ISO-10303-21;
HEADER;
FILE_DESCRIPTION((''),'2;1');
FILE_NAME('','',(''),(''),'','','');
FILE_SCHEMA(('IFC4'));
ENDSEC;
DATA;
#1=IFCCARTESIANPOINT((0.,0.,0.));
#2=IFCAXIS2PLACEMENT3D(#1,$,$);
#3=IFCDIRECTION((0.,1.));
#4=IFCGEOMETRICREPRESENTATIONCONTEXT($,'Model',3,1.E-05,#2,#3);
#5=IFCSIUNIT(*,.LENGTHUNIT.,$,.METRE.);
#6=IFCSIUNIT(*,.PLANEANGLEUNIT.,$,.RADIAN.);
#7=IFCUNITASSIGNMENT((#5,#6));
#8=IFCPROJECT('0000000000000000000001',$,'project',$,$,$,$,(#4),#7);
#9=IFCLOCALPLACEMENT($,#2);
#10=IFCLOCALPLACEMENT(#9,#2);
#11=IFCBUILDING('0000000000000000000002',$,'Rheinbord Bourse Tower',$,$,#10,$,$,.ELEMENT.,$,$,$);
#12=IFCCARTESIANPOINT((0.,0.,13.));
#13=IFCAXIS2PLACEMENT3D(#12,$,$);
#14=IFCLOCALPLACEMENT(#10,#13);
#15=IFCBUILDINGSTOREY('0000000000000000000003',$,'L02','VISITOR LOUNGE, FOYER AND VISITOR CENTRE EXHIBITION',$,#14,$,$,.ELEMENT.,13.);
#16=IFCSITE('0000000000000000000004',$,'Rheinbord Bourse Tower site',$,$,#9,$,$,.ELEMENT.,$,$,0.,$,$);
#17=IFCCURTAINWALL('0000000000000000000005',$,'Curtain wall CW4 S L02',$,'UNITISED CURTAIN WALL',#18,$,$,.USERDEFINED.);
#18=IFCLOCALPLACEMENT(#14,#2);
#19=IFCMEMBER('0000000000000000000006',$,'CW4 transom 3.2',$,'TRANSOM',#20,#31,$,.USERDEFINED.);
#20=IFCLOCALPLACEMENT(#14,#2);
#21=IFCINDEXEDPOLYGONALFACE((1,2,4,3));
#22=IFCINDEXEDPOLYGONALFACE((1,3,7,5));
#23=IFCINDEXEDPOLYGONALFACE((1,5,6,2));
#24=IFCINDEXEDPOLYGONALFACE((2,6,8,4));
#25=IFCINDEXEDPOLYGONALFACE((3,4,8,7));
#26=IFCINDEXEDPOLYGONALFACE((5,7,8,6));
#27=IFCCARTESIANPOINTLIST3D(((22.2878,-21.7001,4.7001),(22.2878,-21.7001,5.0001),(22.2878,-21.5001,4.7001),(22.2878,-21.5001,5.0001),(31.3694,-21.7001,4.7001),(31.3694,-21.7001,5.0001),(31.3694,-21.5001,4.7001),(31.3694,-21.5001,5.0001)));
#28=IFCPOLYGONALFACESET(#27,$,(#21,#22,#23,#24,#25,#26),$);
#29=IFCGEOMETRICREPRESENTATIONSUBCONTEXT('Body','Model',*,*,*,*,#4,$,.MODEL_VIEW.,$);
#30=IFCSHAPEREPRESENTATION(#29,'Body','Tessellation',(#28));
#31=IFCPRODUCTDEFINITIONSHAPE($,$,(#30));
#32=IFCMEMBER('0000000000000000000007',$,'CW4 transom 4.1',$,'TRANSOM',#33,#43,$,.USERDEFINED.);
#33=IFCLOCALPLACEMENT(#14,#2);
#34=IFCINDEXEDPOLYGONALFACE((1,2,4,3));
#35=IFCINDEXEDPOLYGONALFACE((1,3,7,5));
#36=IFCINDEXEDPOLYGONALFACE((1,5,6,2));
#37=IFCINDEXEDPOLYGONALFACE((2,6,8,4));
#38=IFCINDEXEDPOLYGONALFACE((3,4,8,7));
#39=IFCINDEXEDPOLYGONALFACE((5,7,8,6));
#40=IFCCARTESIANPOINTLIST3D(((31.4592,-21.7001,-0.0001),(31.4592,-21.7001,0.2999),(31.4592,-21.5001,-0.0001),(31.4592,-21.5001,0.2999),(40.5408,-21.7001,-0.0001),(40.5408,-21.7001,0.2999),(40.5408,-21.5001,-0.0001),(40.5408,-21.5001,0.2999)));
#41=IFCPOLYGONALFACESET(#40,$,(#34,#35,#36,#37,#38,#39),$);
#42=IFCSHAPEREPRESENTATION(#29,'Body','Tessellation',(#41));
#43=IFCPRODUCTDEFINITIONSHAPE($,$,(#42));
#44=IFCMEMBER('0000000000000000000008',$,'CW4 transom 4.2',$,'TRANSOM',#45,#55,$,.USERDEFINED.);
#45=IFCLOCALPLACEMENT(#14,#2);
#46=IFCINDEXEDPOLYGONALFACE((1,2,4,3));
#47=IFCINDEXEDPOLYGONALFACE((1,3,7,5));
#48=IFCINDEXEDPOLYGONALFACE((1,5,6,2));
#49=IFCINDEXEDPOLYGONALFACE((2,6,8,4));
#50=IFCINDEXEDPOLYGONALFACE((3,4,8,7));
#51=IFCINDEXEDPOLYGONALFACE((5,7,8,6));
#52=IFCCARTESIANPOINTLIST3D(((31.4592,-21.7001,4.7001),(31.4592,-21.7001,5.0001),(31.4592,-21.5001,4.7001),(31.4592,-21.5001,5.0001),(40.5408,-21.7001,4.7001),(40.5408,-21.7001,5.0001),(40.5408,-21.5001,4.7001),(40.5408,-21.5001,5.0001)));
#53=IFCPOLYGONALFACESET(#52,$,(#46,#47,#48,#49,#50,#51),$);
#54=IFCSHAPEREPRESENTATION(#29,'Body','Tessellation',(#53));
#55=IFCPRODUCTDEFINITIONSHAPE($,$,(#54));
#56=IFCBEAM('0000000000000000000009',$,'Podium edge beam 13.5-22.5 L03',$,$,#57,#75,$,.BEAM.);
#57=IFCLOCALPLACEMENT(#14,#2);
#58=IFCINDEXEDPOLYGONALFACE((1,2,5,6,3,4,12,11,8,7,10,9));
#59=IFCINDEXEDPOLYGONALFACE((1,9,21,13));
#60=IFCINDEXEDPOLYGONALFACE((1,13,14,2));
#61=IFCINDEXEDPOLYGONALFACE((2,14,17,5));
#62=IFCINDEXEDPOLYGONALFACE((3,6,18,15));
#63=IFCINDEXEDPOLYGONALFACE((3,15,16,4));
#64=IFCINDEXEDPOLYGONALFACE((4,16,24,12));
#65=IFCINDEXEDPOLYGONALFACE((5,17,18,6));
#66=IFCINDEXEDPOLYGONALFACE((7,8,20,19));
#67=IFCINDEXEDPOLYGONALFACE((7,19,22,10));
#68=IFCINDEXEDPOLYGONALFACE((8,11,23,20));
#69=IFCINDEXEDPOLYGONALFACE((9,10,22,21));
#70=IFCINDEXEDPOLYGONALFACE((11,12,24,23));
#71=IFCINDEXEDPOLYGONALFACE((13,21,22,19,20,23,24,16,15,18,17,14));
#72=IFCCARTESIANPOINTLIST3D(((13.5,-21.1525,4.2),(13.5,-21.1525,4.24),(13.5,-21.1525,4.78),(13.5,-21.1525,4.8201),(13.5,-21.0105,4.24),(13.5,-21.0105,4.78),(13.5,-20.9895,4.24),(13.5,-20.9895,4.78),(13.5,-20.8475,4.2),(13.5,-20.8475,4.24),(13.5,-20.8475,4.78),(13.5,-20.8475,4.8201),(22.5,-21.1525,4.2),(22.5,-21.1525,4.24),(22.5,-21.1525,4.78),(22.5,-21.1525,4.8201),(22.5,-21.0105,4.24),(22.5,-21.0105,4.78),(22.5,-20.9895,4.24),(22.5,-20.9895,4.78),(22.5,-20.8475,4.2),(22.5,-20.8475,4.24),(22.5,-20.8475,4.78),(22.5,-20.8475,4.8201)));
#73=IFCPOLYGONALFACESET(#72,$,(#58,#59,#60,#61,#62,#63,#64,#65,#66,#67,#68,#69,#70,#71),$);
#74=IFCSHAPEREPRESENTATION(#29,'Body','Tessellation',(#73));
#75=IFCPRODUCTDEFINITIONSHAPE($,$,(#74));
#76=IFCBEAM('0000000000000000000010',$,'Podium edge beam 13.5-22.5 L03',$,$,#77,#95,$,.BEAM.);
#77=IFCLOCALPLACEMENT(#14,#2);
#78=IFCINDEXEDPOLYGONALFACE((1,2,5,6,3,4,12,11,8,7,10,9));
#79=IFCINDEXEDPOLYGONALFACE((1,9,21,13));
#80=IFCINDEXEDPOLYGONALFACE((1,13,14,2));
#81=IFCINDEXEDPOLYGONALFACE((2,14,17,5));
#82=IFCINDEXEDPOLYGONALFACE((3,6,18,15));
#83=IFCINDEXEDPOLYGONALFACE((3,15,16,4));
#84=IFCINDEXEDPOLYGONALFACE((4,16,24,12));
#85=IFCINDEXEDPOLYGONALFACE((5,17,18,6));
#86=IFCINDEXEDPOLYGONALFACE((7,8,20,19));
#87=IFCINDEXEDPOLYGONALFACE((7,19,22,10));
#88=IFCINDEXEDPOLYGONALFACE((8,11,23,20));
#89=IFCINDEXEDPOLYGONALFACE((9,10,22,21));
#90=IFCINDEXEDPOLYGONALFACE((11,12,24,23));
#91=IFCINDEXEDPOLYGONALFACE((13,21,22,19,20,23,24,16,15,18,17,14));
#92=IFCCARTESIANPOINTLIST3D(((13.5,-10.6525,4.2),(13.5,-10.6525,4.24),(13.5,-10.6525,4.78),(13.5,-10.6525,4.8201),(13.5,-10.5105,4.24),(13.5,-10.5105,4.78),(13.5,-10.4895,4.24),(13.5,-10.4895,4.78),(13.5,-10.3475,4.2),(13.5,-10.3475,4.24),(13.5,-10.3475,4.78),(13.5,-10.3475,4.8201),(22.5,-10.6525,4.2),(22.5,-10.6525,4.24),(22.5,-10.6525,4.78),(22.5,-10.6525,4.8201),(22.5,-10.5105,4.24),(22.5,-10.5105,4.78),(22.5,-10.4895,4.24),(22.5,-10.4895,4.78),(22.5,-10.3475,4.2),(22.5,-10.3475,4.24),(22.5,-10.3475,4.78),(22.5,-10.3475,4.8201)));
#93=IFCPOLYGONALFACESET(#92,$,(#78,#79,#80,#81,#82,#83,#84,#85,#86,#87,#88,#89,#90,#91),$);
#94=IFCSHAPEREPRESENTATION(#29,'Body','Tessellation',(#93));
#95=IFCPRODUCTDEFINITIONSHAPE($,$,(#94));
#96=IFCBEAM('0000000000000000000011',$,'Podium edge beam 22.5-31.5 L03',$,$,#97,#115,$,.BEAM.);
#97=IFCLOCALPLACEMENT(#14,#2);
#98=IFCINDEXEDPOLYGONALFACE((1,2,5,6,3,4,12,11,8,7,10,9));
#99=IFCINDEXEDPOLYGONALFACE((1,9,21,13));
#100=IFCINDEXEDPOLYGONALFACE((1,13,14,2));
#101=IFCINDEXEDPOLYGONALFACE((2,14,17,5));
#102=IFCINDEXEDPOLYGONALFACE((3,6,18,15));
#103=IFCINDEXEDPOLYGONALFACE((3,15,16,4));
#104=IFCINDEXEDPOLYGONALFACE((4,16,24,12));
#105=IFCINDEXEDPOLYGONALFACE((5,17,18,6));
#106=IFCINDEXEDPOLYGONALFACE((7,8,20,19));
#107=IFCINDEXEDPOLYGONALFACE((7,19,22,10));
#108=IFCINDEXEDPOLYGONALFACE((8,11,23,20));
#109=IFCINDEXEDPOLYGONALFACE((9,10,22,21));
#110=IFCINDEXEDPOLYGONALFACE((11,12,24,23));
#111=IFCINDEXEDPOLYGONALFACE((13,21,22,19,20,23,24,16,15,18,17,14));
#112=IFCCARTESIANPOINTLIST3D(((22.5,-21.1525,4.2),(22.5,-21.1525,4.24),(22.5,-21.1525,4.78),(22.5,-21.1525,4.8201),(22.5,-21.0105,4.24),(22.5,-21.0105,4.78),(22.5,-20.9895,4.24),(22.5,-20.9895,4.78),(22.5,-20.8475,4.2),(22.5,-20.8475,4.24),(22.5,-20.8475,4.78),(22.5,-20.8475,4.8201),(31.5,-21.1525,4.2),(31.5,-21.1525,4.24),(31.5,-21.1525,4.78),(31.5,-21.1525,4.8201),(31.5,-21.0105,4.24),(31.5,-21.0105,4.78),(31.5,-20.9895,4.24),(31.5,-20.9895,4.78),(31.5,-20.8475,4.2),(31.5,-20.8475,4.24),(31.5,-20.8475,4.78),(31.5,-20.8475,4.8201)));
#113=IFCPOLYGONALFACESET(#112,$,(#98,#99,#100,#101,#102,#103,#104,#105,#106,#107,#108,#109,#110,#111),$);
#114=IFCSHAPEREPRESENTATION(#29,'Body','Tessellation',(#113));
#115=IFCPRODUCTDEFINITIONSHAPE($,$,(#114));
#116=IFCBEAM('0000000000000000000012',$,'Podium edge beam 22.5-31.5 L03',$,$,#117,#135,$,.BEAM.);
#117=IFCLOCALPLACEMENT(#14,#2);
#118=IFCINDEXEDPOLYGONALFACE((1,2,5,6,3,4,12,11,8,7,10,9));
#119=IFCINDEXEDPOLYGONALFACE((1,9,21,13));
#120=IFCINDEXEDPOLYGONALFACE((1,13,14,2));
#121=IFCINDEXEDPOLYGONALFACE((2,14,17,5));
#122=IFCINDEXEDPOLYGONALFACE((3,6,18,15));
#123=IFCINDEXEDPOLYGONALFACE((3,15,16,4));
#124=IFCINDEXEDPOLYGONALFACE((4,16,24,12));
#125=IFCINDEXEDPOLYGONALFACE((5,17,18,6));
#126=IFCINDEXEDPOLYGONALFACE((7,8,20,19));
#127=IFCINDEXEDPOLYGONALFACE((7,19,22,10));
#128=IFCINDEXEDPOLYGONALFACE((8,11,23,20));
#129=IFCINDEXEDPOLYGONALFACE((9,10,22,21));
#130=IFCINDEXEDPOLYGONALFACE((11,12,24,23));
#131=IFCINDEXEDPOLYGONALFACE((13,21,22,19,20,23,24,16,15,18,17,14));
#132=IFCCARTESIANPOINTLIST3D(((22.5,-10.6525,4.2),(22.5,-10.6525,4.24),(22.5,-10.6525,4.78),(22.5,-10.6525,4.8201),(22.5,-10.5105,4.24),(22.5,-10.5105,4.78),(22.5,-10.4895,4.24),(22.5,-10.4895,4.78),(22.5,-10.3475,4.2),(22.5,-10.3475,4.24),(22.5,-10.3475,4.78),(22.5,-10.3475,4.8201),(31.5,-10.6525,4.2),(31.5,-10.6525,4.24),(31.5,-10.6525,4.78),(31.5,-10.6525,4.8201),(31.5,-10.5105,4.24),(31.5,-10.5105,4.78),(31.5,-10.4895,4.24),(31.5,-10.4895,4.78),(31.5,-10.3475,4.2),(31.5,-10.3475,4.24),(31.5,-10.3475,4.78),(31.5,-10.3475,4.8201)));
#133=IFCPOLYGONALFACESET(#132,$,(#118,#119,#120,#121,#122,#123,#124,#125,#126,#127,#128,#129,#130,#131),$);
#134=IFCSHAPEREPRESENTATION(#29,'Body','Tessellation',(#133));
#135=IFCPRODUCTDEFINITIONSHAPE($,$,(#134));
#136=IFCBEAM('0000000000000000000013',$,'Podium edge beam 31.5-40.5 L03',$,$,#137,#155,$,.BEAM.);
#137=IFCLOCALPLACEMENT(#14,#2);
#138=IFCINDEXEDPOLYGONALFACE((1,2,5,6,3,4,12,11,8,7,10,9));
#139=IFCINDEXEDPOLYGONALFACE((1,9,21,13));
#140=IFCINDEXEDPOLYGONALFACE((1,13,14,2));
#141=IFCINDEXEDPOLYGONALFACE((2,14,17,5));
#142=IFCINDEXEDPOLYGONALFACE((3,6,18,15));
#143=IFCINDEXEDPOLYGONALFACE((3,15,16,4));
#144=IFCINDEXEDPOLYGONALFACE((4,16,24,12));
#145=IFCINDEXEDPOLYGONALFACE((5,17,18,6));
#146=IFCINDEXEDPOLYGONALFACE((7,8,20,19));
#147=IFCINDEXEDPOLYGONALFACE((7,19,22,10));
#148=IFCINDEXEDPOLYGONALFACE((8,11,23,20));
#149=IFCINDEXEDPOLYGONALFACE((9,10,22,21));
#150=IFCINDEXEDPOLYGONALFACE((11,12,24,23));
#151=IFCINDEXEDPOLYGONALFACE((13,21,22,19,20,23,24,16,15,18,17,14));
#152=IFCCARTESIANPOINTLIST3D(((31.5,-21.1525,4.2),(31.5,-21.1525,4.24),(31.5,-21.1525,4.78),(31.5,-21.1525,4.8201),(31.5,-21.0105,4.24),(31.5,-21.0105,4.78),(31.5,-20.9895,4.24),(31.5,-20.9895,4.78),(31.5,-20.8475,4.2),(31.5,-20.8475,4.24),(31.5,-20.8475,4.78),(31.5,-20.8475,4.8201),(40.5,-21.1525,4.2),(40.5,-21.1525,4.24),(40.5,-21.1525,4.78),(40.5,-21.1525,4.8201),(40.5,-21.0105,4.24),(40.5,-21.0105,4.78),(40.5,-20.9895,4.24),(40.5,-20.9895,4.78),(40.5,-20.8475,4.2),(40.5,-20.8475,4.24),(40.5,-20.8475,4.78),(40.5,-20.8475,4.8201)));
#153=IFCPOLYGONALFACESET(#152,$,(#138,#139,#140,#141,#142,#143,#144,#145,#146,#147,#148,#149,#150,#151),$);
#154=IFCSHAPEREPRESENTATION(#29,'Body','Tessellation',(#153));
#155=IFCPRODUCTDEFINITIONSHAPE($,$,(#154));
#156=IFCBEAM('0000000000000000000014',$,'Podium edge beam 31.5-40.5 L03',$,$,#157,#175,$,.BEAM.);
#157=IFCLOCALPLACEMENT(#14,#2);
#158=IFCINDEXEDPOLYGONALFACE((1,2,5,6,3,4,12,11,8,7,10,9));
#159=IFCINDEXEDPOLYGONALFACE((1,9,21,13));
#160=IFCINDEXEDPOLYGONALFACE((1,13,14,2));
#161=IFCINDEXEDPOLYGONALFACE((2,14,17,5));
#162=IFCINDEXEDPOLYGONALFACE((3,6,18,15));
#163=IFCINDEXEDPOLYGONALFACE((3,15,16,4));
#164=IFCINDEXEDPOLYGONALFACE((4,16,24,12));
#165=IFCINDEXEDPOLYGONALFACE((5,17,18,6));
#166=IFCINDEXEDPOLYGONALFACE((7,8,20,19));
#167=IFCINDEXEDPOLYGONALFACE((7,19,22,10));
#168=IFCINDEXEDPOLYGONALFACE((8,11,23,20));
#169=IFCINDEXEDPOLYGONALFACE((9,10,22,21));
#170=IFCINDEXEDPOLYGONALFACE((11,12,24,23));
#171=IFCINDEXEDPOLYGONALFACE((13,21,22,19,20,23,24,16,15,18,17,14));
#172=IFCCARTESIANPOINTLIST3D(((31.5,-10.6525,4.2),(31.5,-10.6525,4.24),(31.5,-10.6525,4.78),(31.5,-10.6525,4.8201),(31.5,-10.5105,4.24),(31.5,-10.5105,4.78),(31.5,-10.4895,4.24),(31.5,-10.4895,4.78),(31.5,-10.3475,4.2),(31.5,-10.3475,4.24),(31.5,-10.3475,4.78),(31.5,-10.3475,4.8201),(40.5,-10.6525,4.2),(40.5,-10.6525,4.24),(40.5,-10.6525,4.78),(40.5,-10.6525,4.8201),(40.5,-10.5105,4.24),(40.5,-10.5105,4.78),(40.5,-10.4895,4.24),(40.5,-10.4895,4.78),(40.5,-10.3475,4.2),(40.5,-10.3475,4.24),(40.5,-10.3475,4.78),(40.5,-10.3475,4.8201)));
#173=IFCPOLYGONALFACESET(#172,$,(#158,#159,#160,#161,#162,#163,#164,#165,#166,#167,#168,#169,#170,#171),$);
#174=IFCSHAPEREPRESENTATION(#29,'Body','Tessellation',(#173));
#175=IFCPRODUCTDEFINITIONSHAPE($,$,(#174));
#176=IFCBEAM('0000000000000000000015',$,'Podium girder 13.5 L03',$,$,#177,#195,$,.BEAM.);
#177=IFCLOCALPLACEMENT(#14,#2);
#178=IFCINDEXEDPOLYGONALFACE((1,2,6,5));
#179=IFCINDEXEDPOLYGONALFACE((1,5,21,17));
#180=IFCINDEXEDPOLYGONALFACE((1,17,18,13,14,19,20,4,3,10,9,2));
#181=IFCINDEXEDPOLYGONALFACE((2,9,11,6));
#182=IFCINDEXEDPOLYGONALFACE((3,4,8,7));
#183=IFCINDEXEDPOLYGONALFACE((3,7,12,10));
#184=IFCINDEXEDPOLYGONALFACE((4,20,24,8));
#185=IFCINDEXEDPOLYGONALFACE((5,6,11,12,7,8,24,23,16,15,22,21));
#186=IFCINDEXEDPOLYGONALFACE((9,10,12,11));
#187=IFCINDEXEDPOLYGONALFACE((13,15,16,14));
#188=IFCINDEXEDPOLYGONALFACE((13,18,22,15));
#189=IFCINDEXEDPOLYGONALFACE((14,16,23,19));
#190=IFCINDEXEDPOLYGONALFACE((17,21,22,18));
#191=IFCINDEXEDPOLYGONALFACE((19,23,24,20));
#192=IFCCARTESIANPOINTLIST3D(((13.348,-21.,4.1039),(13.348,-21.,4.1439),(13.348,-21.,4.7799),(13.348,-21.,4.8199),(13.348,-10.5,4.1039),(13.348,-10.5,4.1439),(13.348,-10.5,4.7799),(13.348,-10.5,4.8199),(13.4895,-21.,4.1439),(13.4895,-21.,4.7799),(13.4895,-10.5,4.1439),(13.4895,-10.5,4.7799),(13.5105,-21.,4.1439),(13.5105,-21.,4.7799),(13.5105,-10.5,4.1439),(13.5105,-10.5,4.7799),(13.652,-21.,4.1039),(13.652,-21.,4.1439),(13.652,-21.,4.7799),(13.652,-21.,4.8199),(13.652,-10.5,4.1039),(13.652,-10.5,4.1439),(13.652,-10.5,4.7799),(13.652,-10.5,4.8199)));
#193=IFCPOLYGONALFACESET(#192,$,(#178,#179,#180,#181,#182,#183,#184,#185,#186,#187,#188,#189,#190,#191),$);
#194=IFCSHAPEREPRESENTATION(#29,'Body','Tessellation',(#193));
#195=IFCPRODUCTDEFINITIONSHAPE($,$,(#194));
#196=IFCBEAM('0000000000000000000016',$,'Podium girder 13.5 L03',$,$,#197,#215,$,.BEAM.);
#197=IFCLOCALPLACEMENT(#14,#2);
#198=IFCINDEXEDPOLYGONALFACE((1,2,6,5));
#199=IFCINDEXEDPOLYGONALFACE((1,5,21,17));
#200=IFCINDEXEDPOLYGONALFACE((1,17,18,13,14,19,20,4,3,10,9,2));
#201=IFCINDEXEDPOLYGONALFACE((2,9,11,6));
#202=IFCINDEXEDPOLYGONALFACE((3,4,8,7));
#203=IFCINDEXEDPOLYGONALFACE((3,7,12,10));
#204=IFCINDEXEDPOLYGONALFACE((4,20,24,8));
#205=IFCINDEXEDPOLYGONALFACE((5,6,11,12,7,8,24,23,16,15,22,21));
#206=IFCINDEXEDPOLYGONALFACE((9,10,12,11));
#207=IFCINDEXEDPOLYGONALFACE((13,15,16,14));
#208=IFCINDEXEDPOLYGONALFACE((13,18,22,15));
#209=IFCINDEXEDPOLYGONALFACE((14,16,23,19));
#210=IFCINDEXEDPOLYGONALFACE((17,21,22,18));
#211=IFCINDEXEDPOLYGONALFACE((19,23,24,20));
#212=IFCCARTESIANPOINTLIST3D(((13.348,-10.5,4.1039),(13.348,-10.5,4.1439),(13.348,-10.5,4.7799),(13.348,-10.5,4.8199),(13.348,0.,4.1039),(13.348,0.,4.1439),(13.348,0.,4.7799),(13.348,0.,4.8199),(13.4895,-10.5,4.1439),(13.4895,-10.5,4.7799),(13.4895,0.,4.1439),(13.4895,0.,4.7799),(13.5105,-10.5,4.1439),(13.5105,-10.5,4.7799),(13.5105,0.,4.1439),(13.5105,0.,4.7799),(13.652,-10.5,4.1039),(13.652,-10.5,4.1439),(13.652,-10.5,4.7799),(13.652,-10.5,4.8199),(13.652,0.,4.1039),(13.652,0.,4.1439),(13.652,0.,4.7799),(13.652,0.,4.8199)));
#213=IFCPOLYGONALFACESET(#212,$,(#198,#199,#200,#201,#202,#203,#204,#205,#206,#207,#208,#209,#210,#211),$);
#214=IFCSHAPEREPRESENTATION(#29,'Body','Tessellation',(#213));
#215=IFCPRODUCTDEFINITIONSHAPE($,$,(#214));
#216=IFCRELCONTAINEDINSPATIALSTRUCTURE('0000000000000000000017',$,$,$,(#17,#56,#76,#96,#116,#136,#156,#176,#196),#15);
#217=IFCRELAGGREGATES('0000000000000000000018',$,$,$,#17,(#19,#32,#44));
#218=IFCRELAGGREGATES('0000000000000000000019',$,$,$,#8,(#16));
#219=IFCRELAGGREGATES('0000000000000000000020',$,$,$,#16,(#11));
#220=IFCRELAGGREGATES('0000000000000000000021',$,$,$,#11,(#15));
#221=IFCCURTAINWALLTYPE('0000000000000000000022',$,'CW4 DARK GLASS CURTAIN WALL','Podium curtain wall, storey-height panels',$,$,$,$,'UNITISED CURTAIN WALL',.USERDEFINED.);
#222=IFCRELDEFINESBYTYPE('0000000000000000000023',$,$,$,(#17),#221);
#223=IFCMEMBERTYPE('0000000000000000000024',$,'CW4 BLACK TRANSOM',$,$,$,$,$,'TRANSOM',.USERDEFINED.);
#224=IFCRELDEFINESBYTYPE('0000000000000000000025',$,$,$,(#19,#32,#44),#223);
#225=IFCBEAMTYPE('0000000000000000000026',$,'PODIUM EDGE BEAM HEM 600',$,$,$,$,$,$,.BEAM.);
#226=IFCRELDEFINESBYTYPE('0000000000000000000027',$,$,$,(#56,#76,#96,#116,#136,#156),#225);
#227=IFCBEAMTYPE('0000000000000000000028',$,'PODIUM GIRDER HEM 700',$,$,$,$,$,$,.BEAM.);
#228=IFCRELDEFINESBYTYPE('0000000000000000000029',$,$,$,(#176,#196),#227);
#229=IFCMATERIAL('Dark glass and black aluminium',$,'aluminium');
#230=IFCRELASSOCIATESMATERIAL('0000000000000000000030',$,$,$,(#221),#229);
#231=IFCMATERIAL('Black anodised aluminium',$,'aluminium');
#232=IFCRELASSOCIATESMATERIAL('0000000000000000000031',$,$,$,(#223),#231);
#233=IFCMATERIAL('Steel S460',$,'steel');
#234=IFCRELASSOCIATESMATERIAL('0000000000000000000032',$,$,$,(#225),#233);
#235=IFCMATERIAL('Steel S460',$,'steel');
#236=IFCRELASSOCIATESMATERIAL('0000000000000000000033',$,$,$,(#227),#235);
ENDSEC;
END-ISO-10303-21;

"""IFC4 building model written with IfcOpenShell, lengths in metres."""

from ifc_helpers import new_model, si_unit, direction, frame, origin, origin_2d, place, context, subcontext, project, spatial, rectangle, i_section, extrude, material, material_profile, profile_set, type_object, element, aggregate, save


model = new_model("IFC4")

# Units and contexts
model_context = context("Model", 3, precision=1e-05, world=origin(), true_north=direction((0.0, 1.0)))
body_context = subcontext(model_context, "Body", "Model", "MODEL_VIEW")
ifc_project = project(units=[si_unit("LENGTHUNIT", "METRE"), si_unit("PLANEANGLEUNIT", "RADIAN")], contexts=[model_context])

# Site, building, storey
site_placement = place(None, origin())
site = spatial("IfcSite", under=ifc_project, at=site_placement, Name="Rheinbord Bourse Tower site", CompositionType="ELEMENT", RefElevation=0.0)
building_placement = place(site_placement, origin())
building = spatial("IfcBuilding", under=site, at=building_placement, Name="Rheinbord Bourse Tower", CompositionType="ELEMENT")
storey_placement = place(building_placement, frame((0.0, 0.0, 13.0)))
storey = spatial("IfcBuildingStorey", under=building, at=storey_placement, Name="L02", Description="VISITOR LOUNGE, FOYER AND VISITOR CENTRE EXHIBITION", CompositionType="ELEMENT", Elevation=13.0)

# Curtain wall, members
ifc_material_1 = material(Name="Dark glass and black aluminium", Category="aluminium")
curtain_wall_type = type_object("IfcCurtainWallType", Name="CW4 DARK GLASS CURTAIN WALL", Description="Podium curtain wall, storey-height panels", ElementType="UNITISED CURTAIN WALL", PredefinedType="USERDEFINED", material=ifc_material_1)
curtain_wall_placement = place(storey_placement, origin())
curtain_wall = element("IfcCurtainWall", 1, at=curtain_wall_placement, inside=storey, type_object=curtain_wall_type, Name="Curtain wall CW4 S L02", ObjectType="UNITISED CURTAIN WALL", PredefinedType="USERDEFINED")
ifc_material_2 = material(Name="Black anodised aluminium", Category="aluminium")
ifc_material_profile_1 = material_profile(ifc_material_2, rectangle(XDim=0.2, YDim=0.3, at=origin_2d()), Name="CW4 TRANSOM 300x200")
ifc_profile_set_1 = profile_set([ifc_material_profile_1], Name="Black anodised aluminium")
member_type_1 = type_object("IfcMemberType", Name="CW4 BLACK TRANSOM", ElementType="TRANSOM", PredefinedType="USERDEFINED", material=ifc_profile_set_1)
member_1_placement = place(storey_placement, frame((22.2878, -21.6001, 4.8501), z_axis=(1.0, 0.0, 0.0), x_axis=(0.0, 1.0, 0.0)))
member_1 = element("IfcMember", 2, at=member_1_placement, type_object=member_type_1, Name="CW4 transom 3.2", ObjectType="TRANSOM", PredefinedType="USERDEFINED", context=body_context, shape_type="SweptSolid", body=[
    extrude(rectangle(XDim=0.2, YDim=0.3, at=origin_2d()), origin(), (0.0, 0.0, 1.0), 9.0815),
])
member_2_placement = place(storey_placement, frame((31.4592, -21.6001, 0.1499), z_axis=(1.0, 0.0, 0.0), x_axis=(0.0, 1.0, 0.0)))
member_2 = element("IfcMember", 3, at=member_2_placement, type_object=member_type_1, Name="CW4 transom 4.1", ObjectType="TRANSOM", PredefinedType="USERDEFINED", context=body_context, shape_type="SweptSolid", body=[
    extrude(rectangle(XDim=0.2, YDim=0.3, at=origin_2d()), origin(), (0.0, 0.0, 1.0), 9.0815),
])
member_3_placement = place(storey_placement, frame((31.4592, -21.6001, 4.8501), z_axis=(1.0, 0.0, 0.0), x_axis=(0.0, 1.0, 0.0)))
member_3 = element("IfcMember", 4, at=member_3_placement, type_object=member_type_1, Name="CW4 transom 4.2", ObjectType="TRANSOM", PredefinedType="USERDEFINED", context=body_context, shape_type="SweptSolid", body=[
    extrude(rectangle(XDim=0.2, YDim=0.3, at=origin_2d()), origin(), (0.0, 0.0, 1.0), 9.0815),
])

# Beams
ifc_material_3 = material(Name="Steel S460", Category="steel")
ifc_material_profile_2 = material_profile(ifc_material_3, i_section(OverallWidth=0.3049, OverallDepth=0.6201, WebThickness=0.021, FlangeThickness=0.04, at=origin_2d()), Name="HEM 600")
ifc_profile_set_2 = profile_set([ifc_material_profile_2], Name="Steel S460")
beam_type_1 = type_object("IfcBeamType", Name="PODIUM EDGE BEAM HEM 600", PredefinedType="BEAM", material=ifc_profile_set_2)
for number, where, z_axis, x_axis, name in (
    (5, (13.5, -21.0, 4.51), (1.0, 0.0, 0.0), (0.0, 1.0, 0.0), "Podium edge beam 13.5-22.5 L03"),
    (6, (13.5, -10.5, 4.51), (1.0, 0.0, 0.0), (0.0, 1.0, 0.0), "Podium edge beam 13.5-22.5 L03"),
    (7, (22.5, -21.0, 4.51), (1.0, 0.0, 0.0), (0.0, 1.0, 0.0), "Podium edge beam 22.5-31.5 L03"),
    (8, (22.5, -10.5, 4.51), (1.0, 0.0, 0.0), (0.0, 1.0, 0.0), "Podium edge beam 22.5-31.5 L03"),
    (9, (31.5, -21.0, 4.51), (1.0, 0.0, 0.0), (0.0, 1.0, 0.0), "Podium edge beam 31.5-40.5 L03"),
    (10, (31.5, -10.5, 4.51), (1.0, 0.0, 0.0), (0.0, 1.0, 0.0), "Podium edge beam 31.5-40.5 L03"),
):
    element("IfcBeam", number, at=place(storey_placement, frame(where, z_axis=z_axis, x_axis=x_axis)), inside=storey, type_object=beam_type_1, Name=name, PredefinedType="BEAM", context=body_context, shape_type="SweptSolid", body=[
        extrude(i_section(OverallWidth=0.3049, OverallDepth=0.6201, WebThickness=0.021, FlangeThickness=0.04, at=origin_2d()), origin(), (0.0, 0.0, 1.0), 9.0),
    ])
ifc_material_4 = material(Name="Steel S460", Category="steel")
ifc_material_profile_3 = material_profile(ifc_material_4, i_section(OverallWidth=0.304, OverallDepth=0.7161, WebThickness=0.021, FlangeThickness=0.04, at=origin_2d()), Name="HEM 700")
ifc_profile_set_3 = profile_set([ifc_material_profile_3], Name="Steel S460")
beam_type_2 = type_object("IfcBeamType", Name="PODIUM GIRDER HEM 700", PredefinedType="BEAM", material=ifc_profile_set_3)
for number, where, z_axis, x_axis, name in (
    (11, (13.5, -21.0, 4.4619), (0.0, 1.0, 0.0), (-1.0, 0.0, 0.0), "Podium girder 13.5 L03"),
    (12, (13.5, -10.5, 4.4619), (0.0, 1.0, 0.0), (-1.0, 0.0, 0.0), "Podium girder 13.5 L03"),
):
    element("IfcBeam", number, at=place(storey_placement, frame(where, z_axis=z_axis, x_axis=x_axis)), inside=storey, type_object=beam_type_2, Name=name, PredefinedType="BEAM", context=body_context, shape_type="SweptSolid", body=[
        extrude(i_section(OverallWidth=0.304, OverallDepth=0.7161, WebThickness=0.021, FlangeThickness=0.04, at=origin_2d()), origin(), (0.0, 0.0, 1.0), 10.5),
    ])

aggregate(curtain_wall, [member_1, member_2, member_3])

save(model, "model.ifc")
